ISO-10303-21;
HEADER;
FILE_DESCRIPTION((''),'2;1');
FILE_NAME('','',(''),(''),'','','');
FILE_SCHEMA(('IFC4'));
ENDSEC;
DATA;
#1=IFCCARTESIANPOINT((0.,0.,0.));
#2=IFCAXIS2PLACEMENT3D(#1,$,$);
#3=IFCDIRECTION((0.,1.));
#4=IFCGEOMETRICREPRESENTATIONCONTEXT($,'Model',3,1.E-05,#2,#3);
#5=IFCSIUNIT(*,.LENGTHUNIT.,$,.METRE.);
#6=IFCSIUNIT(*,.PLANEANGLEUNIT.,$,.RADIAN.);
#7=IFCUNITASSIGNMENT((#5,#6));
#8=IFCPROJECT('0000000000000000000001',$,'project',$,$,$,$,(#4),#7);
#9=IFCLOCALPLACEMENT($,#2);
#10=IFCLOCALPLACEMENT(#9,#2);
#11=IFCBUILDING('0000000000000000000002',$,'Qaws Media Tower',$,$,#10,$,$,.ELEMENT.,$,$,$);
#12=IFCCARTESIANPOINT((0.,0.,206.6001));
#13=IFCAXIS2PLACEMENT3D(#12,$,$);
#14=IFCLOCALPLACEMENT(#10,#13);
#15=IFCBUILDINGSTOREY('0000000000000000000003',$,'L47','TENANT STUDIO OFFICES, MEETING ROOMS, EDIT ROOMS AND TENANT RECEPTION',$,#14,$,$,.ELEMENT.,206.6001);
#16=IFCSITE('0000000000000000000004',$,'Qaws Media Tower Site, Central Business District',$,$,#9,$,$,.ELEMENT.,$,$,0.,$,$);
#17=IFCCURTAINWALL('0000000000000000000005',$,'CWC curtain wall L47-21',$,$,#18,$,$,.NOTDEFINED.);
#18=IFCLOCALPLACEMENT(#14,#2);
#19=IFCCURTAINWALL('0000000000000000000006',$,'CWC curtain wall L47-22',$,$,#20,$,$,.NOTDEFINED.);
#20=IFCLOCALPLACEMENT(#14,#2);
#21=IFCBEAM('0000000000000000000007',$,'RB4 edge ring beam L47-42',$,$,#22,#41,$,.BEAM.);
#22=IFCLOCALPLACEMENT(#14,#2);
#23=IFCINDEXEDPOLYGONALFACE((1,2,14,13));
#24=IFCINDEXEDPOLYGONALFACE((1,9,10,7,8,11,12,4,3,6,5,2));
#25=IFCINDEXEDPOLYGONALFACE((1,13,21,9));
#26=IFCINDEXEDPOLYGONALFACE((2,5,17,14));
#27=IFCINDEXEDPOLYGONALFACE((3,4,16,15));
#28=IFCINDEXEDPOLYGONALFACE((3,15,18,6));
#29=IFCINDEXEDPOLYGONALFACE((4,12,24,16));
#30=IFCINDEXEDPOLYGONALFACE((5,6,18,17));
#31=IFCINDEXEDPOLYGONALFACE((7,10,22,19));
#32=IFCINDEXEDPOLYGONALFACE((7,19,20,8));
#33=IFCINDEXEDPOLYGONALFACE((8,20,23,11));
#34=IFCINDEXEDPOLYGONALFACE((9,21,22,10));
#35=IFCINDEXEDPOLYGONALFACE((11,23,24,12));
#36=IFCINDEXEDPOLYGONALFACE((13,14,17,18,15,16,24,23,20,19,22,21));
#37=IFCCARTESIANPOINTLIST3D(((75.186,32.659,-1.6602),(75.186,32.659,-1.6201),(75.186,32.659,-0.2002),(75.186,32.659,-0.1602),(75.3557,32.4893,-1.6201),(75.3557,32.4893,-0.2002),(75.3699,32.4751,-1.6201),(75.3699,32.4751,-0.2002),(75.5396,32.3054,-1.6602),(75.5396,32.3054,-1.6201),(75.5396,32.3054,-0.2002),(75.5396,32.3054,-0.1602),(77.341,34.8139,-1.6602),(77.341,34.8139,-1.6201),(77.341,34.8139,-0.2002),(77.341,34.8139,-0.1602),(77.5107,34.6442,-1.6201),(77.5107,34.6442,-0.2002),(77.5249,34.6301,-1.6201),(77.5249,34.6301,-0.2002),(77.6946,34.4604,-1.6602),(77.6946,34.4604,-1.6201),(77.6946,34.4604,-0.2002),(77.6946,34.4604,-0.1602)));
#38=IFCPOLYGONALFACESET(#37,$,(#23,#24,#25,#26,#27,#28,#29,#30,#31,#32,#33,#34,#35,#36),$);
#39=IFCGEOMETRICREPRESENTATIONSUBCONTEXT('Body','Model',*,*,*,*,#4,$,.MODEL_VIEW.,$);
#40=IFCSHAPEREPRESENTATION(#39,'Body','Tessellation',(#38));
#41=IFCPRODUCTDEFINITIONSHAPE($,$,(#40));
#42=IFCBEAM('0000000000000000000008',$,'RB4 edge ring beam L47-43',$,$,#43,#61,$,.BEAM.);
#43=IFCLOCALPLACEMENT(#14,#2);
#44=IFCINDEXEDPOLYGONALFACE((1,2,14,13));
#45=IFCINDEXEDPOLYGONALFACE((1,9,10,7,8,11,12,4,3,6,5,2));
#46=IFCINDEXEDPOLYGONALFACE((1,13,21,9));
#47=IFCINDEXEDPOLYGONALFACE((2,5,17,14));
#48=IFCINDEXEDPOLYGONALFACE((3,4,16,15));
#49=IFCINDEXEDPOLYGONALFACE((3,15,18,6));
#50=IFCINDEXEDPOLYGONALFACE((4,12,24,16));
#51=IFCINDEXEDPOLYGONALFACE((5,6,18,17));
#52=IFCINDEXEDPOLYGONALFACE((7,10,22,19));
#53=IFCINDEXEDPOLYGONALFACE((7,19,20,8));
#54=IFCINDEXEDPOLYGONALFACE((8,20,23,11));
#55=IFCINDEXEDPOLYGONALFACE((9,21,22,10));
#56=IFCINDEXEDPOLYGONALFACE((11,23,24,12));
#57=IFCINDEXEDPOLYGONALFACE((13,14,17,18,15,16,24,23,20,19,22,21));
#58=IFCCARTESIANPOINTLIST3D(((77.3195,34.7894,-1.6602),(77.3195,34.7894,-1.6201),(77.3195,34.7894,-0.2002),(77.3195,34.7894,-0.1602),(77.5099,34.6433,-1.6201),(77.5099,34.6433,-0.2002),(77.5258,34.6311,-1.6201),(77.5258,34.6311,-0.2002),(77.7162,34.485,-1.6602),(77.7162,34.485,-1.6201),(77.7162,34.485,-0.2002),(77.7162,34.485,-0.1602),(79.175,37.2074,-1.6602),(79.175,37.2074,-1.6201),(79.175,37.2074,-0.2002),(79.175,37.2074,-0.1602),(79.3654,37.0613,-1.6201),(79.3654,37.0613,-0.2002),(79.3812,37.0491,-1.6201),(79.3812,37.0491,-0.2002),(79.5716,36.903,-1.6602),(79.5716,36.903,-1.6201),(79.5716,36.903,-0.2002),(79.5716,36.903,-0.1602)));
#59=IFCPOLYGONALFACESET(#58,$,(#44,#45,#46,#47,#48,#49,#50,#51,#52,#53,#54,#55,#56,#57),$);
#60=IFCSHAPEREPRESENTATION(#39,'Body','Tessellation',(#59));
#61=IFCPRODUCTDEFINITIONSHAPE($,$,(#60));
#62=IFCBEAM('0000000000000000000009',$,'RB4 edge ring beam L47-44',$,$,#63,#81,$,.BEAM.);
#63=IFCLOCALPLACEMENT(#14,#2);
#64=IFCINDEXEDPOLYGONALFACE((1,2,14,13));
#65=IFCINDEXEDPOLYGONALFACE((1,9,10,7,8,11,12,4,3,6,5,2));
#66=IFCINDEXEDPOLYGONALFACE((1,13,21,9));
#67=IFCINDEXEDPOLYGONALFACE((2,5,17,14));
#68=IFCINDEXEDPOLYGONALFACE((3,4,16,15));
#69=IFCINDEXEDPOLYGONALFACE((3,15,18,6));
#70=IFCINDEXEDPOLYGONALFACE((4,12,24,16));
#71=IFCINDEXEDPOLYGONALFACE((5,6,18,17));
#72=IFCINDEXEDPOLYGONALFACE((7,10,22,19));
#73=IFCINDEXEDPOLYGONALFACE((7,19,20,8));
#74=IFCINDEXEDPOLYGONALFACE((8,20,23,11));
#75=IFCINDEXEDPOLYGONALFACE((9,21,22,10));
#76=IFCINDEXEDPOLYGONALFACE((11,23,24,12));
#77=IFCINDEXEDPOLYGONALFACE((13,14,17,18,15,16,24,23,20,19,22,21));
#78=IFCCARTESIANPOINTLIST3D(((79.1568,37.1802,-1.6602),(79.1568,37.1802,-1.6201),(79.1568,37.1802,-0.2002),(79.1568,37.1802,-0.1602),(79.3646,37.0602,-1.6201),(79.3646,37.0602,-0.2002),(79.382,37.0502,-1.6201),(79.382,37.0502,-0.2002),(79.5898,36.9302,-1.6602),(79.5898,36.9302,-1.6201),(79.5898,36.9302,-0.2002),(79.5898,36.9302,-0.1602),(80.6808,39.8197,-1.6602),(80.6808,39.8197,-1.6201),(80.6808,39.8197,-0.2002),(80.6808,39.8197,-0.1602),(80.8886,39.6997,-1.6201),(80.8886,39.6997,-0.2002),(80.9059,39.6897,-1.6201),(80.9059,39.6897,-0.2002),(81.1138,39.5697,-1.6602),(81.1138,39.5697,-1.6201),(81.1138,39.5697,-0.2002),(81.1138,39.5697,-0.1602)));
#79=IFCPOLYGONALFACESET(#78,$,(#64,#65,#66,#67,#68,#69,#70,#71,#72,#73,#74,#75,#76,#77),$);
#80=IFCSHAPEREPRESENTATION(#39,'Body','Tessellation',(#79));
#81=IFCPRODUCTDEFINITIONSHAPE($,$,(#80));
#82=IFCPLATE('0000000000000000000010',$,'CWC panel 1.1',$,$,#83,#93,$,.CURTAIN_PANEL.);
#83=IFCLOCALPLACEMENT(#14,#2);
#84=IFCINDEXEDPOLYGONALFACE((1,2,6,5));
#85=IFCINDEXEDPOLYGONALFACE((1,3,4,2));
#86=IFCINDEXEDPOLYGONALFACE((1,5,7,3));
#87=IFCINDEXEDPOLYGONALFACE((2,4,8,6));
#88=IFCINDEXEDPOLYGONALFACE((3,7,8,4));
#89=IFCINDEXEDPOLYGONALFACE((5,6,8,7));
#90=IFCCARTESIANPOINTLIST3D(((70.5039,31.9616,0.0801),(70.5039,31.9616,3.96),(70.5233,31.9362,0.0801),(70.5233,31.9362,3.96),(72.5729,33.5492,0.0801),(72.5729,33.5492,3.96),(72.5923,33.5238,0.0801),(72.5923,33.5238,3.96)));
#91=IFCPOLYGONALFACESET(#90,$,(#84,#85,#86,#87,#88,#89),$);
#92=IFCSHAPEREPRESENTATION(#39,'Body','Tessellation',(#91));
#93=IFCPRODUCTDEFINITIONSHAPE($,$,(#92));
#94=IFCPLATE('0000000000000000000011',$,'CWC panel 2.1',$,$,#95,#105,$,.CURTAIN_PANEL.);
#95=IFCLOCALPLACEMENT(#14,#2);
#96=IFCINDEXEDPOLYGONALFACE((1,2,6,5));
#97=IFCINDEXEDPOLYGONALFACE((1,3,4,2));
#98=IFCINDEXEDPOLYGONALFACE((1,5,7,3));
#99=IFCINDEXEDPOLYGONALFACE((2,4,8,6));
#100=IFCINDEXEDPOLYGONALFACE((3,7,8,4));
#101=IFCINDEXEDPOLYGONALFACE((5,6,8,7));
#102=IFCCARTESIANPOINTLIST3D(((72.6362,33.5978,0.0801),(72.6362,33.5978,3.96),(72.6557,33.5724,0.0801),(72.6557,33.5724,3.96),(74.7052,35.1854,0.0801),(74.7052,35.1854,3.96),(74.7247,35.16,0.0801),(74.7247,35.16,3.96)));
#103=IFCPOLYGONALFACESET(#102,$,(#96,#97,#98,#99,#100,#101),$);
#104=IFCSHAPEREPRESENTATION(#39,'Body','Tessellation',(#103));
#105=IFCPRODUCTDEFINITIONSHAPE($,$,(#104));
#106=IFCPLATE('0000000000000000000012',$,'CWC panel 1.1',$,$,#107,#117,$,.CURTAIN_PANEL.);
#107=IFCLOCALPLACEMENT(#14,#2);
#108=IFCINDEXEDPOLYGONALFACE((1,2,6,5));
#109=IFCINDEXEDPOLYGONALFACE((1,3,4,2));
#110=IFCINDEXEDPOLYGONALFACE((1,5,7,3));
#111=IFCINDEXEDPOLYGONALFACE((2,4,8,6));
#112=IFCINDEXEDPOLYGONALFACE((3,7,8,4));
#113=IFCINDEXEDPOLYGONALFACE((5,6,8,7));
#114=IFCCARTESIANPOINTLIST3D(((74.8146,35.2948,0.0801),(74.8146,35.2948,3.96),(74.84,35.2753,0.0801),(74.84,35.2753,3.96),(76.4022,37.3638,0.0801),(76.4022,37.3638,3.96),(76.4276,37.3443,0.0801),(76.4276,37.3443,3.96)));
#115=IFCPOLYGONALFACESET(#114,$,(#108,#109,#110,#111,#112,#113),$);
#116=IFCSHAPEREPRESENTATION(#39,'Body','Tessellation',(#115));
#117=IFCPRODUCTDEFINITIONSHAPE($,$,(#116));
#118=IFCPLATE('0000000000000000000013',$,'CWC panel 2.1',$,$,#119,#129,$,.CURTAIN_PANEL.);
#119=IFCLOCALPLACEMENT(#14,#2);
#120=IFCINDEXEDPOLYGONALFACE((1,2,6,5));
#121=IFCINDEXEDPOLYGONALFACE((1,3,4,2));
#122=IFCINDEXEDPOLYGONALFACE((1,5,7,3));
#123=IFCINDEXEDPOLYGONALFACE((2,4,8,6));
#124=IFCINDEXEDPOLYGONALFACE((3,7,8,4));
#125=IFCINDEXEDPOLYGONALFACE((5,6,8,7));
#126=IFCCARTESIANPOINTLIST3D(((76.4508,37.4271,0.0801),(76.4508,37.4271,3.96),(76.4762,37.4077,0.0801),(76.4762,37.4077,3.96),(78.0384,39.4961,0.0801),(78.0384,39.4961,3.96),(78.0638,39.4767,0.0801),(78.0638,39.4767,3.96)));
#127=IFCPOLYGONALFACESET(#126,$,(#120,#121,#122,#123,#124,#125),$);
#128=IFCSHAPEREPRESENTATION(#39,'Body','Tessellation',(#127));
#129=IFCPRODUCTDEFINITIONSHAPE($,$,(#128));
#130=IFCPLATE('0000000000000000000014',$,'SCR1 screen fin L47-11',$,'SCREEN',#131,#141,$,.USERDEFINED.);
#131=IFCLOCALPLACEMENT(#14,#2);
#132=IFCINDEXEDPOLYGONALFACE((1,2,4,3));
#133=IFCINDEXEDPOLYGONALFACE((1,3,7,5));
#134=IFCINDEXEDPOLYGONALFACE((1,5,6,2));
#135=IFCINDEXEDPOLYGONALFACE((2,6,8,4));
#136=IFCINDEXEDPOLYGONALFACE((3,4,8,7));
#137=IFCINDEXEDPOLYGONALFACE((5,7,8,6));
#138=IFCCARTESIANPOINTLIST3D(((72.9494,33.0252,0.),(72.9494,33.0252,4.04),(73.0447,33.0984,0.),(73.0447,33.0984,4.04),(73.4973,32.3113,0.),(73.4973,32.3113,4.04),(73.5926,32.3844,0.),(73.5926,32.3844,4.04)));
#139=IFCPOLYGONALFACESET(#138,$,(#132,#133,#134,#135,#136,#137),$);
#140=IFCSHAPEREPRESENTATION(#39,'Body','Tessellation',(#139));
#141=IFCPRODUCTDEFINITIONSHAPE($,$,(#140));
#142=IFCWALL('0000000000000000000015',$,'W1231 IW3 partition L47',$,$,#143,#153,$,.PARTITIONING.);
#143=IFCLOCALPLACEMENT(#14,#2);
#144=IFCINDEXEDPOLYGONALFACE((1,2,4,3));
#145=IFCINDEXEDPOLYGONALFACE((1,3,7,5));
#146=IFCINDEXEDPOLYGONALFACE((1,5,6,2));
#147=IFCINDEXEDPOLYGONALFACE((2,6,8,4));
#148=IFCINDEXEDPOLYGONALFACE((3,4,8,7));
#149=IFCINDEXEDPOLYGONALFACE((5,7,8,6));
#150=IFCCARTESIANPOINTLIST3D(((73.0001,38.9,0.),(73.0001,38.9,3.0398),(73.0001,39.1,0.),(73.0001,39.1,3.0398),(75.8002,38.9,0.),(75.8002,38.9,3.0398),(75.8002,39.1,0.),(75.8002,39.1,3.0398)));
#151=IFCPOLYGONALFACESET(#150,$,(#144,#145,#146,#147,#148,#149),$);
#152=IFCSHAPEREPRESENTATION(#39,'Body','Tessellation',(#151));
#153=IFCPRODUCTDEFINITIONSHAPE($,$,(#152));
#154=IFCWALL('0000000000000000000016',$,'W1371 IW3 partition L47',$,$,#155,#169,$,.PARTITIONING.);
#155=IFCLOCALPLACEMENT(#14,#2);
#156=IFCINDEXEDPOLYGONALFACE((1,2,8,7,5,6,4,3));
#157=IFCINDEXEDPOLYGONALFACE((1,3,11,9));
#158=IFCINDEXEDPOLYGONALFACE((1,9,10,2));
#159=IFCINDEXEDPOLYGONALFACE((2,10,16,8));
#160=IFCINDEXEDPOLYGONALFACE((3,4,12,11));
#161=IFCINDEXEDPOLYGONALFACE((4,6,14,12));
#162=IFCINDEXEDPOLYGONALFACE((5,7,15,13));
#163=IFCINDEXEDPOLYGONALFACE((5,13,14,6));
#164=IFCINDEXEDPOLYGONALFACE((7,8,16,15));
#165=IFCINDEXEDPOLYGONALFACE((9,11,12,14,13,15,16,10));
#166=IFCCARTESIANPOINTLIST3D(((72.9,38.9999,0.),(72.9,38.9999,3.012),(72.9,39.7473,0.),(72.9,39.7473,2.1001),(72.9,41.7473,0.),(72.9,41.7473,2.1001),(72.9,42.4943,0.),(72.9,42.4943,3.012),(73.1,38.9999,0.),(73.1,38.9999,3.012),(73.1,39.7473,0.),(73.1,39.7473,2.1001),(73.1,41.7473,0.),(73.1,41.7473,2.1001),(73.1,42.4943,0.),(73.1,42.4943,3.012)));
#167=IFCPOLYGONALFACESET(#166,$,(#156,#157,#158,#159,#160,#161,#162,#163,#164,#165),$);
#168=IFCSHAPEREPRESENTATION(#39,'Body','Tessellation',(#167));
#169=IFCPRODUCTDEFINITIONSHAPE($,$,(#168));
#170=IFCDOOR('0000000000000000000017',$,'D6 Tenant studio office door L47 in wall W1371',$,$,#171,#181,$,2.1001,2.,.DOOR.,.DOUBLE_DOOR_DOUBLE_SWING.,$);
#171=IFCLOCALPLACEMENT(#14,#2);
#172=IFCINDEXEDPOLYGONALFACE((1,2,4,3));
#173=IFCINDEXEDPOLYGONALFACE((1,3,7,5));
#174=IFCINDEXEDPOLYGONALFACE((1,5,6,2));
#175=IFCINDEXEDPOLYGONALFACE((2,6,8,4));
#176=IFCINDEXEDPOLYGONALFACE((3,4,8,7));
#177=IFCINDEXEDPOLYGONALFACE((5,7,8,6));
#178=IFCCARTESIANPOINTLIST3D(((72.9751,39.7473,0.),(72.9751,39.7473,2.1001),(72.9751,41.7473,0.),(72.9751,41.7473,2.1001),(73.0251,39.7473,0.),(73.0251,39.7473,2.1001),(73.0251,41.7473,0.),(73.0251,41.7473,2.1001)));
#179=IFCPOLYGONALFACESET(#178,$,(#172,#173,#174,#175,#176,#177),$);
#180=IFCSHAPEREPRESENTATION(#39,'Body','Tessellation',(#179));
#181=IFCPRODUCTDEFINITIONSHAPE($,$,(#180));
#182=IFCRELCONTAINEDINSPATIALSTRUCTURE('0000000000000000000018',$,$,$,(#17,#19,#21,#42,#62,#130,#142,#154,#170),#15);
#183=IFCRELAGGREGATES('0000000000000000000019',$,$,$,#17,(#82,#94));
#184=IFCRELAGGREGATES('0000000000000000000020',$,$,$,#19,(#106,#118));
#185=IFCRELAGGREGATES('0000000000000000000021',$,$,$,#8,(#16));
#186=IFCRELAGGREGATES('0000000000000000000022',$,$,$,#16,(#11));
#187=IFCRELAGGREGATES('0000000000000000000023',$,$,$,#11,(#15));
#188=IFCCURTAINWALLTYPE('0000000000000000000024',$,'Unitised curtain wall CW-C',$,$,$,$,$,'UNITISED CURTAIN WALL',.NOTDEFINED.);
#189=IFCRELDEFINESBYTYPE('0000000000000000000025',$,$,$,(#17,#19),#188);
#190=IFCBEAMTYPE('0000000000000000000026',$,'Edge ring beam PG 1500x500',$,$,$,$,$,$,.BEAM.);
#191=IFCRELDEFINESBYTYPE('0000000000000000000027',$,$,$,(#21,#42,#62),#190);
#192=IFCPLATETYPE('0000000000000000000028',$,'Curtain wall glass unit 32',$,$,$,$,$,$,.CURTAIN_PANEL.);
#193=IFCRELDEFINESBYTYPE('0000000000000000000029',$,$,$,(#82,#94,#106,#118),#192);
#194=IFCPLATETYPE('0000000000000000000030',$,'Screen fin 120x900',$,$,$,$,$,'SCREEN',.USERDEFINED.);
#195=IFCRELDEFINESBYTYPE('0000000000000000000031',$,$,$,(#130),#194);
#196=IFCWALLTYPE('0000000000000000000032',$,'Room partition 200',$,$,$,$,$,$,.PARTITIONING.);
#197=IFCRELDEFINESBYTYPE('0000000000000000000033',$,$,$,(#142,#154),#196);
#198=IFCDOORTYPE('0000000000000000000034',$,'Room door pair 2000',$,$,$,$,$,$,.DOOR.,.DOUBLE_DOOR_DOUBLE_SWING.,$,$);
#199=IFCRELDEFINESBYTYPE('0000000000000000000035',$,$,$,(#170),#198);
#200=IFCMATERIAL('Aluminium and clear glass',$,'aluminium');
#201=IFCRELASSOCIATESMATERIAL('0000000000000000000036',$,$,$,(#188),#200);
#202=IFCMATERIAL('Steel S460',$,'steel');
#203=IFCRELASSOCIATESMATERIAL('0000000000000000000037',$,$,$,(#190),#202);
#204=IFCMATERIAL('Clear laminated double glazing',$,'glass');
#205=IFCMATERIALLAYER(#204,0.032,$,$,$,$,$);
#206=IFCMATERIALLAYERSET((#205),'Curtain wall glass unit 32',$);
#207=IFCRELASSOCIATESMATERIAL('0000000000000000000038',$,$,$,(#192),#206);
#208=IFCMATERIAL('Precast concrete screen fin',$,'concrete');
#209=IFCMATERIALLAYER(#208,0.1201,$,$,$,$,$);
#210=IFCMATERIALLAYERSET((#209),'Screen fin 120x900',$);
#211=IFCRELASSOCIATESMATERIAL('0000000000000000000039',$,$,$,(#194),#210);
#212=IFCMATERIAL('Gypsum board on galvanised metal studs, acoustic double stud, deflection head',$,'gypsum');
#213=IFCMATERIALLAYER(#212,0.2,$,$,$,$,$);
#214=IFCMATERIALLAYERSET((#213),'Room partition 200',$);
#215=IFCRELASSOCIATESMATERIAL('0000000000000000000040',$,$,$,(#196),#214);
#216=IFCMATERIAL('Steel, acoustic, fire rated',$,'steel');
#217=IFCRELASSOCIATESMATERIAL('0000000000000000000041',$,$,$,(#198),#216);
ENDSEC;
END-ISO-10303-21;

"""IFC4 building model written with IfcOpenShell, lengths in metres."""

from ifc_helpers import new_model, si_unit, direction, frame, frame_2d, origin, origin_2d, place, context, subcontext, project, spatial, rectangle, i_section, extrude, material, layer, layer_set, material_profile, profile_set, type_object, element, fill, aggregate, save


model = new_model("IFC4")

# Units and contexts
model_context = context("Model", 3, precision=1e-05, world=origin(), true_north=direction((0.0, 1.0)))
body_context = subcontext(model_context, "Body", "Model", "MODEL_VIEW")
ifc_project = project(units=[si_unit("LENGTHUNIT", "METRE"), si_unit("PLANEANGLEUNIT", "RADIAN")], contexts=[model_context])

# Site, building, storey
site_placement = place(None, origin())
site = spatial("IfcSite", under=ifc_project, at=site_placement, Name="Qaws Media Tower Site, Central Business District", CompositionType="ELEMENT", RefElevation=0.0)
building_placement = place(site_placement, origin())
building = spatial("IfcBuilding", under=site, at=building_placement, Name="Qaws Media Tower", CompositionType="ELEMENT")
storey_placement = place(building_placement, frame((0.0, 0.0, 206.6001)))
storey = spatial("IfcBuildingStorey", under=building, at=storey_placement, Name="L47", Description="TENANT STUDIO OFFICES, MEETING ROOMS, EDIT ROOMS AND TENANT RECEPTION", CompositionType="ELEMENT", Elevation=206.6001)

# Curtain walls
ifc_material_1 = material(Name="Aluminium and clear glass", Category="aluminium")
curtain_wall_type = type_object("IfcCurtainWallType", Name="Unitised curtain wall CW-C", ElementType="UNITISED CURTAIN WALL", PredefinedType="NOTDEFINED", material=ifc_material_1)
curtain_wall_1_placement = place(storey_placement, origin())
curtain_wall_1 = element("IfcCurtainWall", 1, at=curtain_wall_1_placement, inside=storey, type_object=curtain_wall_type, Name="CWC curtain wall L47-21", PredefinedType="NOTDEFINED")
curtain_wall_2_placement = place(storey_placement, origin())
curtain_wall_2 = element("IfcCurtainWall", 2, at=curtain_wall_2_placement, inside=storey, type_object=curtain_wall_type, Name="CWC curtain wall L47-22", PredefinedType="NOTDEFINED")

# Beams
ifc_material_2 = material(Name="Steel S460", Category="steel")
ifc_material_profile_1 = material_profile(ifc_material_2, i_section(OverallWidth=0.5, OverallDepth=1.5, WebThickness=0.02, FlangeThickness=0.04, at=origin_2d()), Name="PG 1500x500")
ifc_profile_set_1 = profile_set([ifc_material_profile_1], Name="Steel S460")
beam_type = type_object("IfcBeamType", Name="Edge ring beam PG 1500x500", PredefinedType="BEAM", material=ifc_profile_set_1)
beam_1_placement = place(storey_placement, frame((75.3628, 32.4822, -0.9102), z_axis=(0.707107, 0.707107, 0.0), x_axis=(-0.707107, 0.707107, 0.0)))
element("IfcBeam", 3, at=beam_1_placement, inside=storey, type_object=beam_type, Name="RB4 edge ring beam L47-42", PredefinedType="BEAM", context=body_context, shape_type="SweptSolid", body=[
    extrude(i_section(OverallWidth=0.5, OverallDepth=1.5, WebThickness=0.02, FlangeThickness=0.04, at=origin_2d()), origin(), (0.0, 0.0, 1.0), 3.0476),
])
for number, where, z_axis, x_axis, name in (
    (4, (77.5178, 34.6372, -0.9102), (0.608781, 0.793338, 0.0), (-0.793338, 0.608781, 0.0), "RB4 edge ring beam L47-43"),
    (5, (79.3733, 37.0552, -0.9102), (0.500016, 0.866016, 0.0), (-0.866016, 0.500016, 0.0), "RB4 edge ring beam L47-44"),
):
    element("IfcBeam", number, at=place(storey_placement, frame(where, z_axis=z_axis, x_axis=x_axis)), inside=storey, type_object=beam_type, Name=name, PredefinedType="BEAM", context=body_context, shape_type="SweptSolid", body=[
        extrude(i_section(OverallWidth=0.5, OverallDepth=1.5, WebThickness=0.02, FlangeThickness=0.04, at=origin_2d()), origin(), (0.0, 0.0, 1.0), 3.0479),
    ])

# Plates
ifc_material_3 = material(Name="Clear laminated double glazing", Category="glass")
ifc_layer_1 = layer(ifc_material_3, 0.032)
ifc_layer_set_1 = layer_set([ifc_layer_1], Name="Curtain wall glass unit 32")
plate_type_1 = type_object("IfcPlateType", Name="Curtain wall glass unit 32", PredefinedType="CURTAIN_PANEL", material=ifc_layer_set_1)
plate_1_placement = place(storey_placement, frame((71.5481, 32.7427, 0.0801), z_axis=(0.0, 0.0, 1.0), x_axis=(0.793353, 0.608761, 0.0)))
plate_1 = element("IfcPlate", 6, at=plate_1_placement, type_object=plate_type_1, Name="CWC panel 1.1", PredefinedType="CURTAIN_PANEL", context=body_context, shape_type="SweptSolid", body=[
    extrude(rectangle(XDim=2.6079, YDim=0.032, at=origin_2d()), origin(), (0.0, 0.0, 1.0), 3.8799),
])
plate_2_placement = place(storey_placement, frame((73.6804, 34.3789, 0.0801), z_axis=(0.0, 0.0, 1.0), x_axis=(0.793353, 0.608761, 0.0)))
plate_2 = element("IfcPlate", 7, at=plate_2_placement, type_object=plate_type_1, Name="CWC panel 2.1", PredefinedType="CURTAIN_PANEL", context=body_context, shape_type="SweptSolid", body=[
    extrude(rectangle(XDim=2.6079, YDim=0.032, at=origin_2d()), origin(), (0.0, 0.0, 1.0), 3.8799),
])
aggregate(curtain_wall_1, [plate_1, plate_2])
plate_3_placement = place(storey_placement, frame((75.6211, 36.3196, 0.0801), z_axis=(0.0, 0.0, 1.0), x_axis=(0.608761, 0.793353, 0.0)))
plate_3 = element("IfcPlate", 8, at=plate_3_placement, type_object=plate_type_1, Name="CWC panel 1.1", PredefinedType="CURTAIN_PANEL", context=body_context, shape_type="SweptSolid", body=[
    extrude(rectangle(XDim=2.6079, YDim=0.032, at=origin_2d()), origin(), (0.0, 0.0, 1.0), 3.8799),
])
plate_4_placement = place(storey_placement, frame((77.2573, 38.4519, 0.0801), z_axis=(0.0, 0.0, 1.0), x_axis=(0.608761, 0.793353, 0.0)))
plate_4 = element("IfcPlate", 9, at=plate_4_placement, type_object=plate_type_1, Name="CWC panel 2.1", PredefinedType="CURTAIN_PANEL", context=body_context, shape_type="SweptSolid", body=[
    extrude(rectangle(XDim=2.6079, YDim=0.032, at=origin_2d()), origin(), (0.0, 0.0, 1.0), 3.8799),
])
aggregate(curtain_wall_2, [plate_3, plate_4])
ifc_material_4 = material(Name="Precast concrete screen fin", Category="concrete")
ifc_layer_2 = layer(ifc_material_4, 0.1201)
ifc_layer_set_2 = layer_set([ifc_layer_2], Name="Screen fin 120x900")
plate_type_2 = type_object("IfcPlateType", Name="Screen fin 120x900", ElementType="SCREEN", PredefinedType="USERDEFINED", material=ifc_layer_set_2)
plate_5_placement = place(storey_placement, frame((73.271, 32.7048, 0.0), z_axis=(0.0, 0.0, 1.0), x_axis=(0.608761, -0.793353, 0.0)))
element("IfcPlate", 10, at=plate_5_placement, inside=storey, type_object=plate_type_2, Name="SCR1 screen fin L47-11", ObjectType="SCREEN", PredefinedType="USERDEFINED", context=body_context, shape_type="SweptSolid", body=[
    extrude(rectangle(XDim=0.8999, YDim=0.1201, at=origin_2d()), origin(), (0.0, 0.0, 1.0), 4.04),
])

# Wall
ifc_material_5 = material(Name="Gypsum board on galvanised metal studs, acoustic double stud, deflection head", Category="gypsum")
ifc_layer_3 = layer(ifc_material_5, 0.2)
ifc_layer_set_3 = layer_set([ifc_layer_3], Name="Room partition 200")
wall_type = type_object("IfcWallType", Name="Room partition 200", PredefinedType="PARTITIONING", material=ifc_layer_set_3)
wall_1_placement = place(storey_placement, frame((75.8, 39.0, 0.0), z_axis=(0.0, 0.0, 1.0), x_axis=(-1.0, 0.0, 0.0)))
element("IfcWall", 11, at=wall_1_placement, inside=storey, type_object=wall_type, Name="W1231 IW3 partition L47", PredefinedType="PARTITIONING", context=body_context, shape_type="SweptSolid", body=[
    extrude(rectangle(XDim=2.8, YDim=0.2, at=frame_2d((1.3999, 0.0))), origin(), (0.0, 0.0, 1.0), 3.0398),
])

# Wall, opening, door
wall_2_placement = place(storey_placement, frame((73.0, 39.0, 0.0), z_axis=(0.0, 0.0, 1.0), x_axis=(0.0, 1.0, 0.0)))
wall_2 = element("IfcWall", 12, at=wall_2_placement, inside=storey, type_object=wall_type, Name="W1371 IW3 partition L47", PredefinedType="PARTITIONING", context=body_context, shape_type="SweptSolid", body=[
    extrude(rectangle(XDim=3.4944, YDim=0.2, at=frame_2d((1.7471, 0.0))), origin(), (0.0, 0.0, 1.0), 3.012),
])
opening_placement = place(wall_2_placement, frame((0.7473, 0.0, 0.0)))
opening = element("IfcOpeningElement", 13, at=opening_placement, cuts=wall_2, PredefinedType="OPENING", context=body_context, shape_type="SweptSolid", body=[
    extrude(rectangle(XDim=2.0, YDim=2.1001, at=frame_2d((1.0, 1.05))), frame((0.0, 0.1099, 0.0), z_axis=(0.0, -1.0, 0.0), x_axis=(1.0, 0.0, 0.0)), (0.0, 0.0, 1.0), 0.22),
])
ifc_material_6 = material(Name="Steel, acoustic, fire rated", Category="steel")
door_type = type_object("IfcDoorType", Name="Room door pair 2000", OperationType="DOUBLE_DOOR_DOUBLE_SWING", PredefinedType="DOOR", material=ifc_material_6)
door_placement = place(opening_placement, origin())
door = element("IfcDoor", 14, at=door_placement, inside=storey, type_object=door_type, Name="D6 Tenant studio office door L47 in wall W1371", OperationType="DOUBLE_DOOR_DOUBLE_SWING", OverallHeight=2.1001, OverallWidth=2.0, PredefinedType="DOOR", context=body_context, shape_type="SweptSolid", body=[
    extrude(rectangle(XDim=2.0, YDim=2.1001, at=frame_2d((1.0, 1.05))), frame((0.0, 0.0249, 0.0), z_axis=(0.0, -1.0, 0.0), x_axis=(1.0, 0.0, 0.0)), (0.0, 0.0, 1.0), 0.05),
])
fill(opening, door)

save(model, "model.ifc")
